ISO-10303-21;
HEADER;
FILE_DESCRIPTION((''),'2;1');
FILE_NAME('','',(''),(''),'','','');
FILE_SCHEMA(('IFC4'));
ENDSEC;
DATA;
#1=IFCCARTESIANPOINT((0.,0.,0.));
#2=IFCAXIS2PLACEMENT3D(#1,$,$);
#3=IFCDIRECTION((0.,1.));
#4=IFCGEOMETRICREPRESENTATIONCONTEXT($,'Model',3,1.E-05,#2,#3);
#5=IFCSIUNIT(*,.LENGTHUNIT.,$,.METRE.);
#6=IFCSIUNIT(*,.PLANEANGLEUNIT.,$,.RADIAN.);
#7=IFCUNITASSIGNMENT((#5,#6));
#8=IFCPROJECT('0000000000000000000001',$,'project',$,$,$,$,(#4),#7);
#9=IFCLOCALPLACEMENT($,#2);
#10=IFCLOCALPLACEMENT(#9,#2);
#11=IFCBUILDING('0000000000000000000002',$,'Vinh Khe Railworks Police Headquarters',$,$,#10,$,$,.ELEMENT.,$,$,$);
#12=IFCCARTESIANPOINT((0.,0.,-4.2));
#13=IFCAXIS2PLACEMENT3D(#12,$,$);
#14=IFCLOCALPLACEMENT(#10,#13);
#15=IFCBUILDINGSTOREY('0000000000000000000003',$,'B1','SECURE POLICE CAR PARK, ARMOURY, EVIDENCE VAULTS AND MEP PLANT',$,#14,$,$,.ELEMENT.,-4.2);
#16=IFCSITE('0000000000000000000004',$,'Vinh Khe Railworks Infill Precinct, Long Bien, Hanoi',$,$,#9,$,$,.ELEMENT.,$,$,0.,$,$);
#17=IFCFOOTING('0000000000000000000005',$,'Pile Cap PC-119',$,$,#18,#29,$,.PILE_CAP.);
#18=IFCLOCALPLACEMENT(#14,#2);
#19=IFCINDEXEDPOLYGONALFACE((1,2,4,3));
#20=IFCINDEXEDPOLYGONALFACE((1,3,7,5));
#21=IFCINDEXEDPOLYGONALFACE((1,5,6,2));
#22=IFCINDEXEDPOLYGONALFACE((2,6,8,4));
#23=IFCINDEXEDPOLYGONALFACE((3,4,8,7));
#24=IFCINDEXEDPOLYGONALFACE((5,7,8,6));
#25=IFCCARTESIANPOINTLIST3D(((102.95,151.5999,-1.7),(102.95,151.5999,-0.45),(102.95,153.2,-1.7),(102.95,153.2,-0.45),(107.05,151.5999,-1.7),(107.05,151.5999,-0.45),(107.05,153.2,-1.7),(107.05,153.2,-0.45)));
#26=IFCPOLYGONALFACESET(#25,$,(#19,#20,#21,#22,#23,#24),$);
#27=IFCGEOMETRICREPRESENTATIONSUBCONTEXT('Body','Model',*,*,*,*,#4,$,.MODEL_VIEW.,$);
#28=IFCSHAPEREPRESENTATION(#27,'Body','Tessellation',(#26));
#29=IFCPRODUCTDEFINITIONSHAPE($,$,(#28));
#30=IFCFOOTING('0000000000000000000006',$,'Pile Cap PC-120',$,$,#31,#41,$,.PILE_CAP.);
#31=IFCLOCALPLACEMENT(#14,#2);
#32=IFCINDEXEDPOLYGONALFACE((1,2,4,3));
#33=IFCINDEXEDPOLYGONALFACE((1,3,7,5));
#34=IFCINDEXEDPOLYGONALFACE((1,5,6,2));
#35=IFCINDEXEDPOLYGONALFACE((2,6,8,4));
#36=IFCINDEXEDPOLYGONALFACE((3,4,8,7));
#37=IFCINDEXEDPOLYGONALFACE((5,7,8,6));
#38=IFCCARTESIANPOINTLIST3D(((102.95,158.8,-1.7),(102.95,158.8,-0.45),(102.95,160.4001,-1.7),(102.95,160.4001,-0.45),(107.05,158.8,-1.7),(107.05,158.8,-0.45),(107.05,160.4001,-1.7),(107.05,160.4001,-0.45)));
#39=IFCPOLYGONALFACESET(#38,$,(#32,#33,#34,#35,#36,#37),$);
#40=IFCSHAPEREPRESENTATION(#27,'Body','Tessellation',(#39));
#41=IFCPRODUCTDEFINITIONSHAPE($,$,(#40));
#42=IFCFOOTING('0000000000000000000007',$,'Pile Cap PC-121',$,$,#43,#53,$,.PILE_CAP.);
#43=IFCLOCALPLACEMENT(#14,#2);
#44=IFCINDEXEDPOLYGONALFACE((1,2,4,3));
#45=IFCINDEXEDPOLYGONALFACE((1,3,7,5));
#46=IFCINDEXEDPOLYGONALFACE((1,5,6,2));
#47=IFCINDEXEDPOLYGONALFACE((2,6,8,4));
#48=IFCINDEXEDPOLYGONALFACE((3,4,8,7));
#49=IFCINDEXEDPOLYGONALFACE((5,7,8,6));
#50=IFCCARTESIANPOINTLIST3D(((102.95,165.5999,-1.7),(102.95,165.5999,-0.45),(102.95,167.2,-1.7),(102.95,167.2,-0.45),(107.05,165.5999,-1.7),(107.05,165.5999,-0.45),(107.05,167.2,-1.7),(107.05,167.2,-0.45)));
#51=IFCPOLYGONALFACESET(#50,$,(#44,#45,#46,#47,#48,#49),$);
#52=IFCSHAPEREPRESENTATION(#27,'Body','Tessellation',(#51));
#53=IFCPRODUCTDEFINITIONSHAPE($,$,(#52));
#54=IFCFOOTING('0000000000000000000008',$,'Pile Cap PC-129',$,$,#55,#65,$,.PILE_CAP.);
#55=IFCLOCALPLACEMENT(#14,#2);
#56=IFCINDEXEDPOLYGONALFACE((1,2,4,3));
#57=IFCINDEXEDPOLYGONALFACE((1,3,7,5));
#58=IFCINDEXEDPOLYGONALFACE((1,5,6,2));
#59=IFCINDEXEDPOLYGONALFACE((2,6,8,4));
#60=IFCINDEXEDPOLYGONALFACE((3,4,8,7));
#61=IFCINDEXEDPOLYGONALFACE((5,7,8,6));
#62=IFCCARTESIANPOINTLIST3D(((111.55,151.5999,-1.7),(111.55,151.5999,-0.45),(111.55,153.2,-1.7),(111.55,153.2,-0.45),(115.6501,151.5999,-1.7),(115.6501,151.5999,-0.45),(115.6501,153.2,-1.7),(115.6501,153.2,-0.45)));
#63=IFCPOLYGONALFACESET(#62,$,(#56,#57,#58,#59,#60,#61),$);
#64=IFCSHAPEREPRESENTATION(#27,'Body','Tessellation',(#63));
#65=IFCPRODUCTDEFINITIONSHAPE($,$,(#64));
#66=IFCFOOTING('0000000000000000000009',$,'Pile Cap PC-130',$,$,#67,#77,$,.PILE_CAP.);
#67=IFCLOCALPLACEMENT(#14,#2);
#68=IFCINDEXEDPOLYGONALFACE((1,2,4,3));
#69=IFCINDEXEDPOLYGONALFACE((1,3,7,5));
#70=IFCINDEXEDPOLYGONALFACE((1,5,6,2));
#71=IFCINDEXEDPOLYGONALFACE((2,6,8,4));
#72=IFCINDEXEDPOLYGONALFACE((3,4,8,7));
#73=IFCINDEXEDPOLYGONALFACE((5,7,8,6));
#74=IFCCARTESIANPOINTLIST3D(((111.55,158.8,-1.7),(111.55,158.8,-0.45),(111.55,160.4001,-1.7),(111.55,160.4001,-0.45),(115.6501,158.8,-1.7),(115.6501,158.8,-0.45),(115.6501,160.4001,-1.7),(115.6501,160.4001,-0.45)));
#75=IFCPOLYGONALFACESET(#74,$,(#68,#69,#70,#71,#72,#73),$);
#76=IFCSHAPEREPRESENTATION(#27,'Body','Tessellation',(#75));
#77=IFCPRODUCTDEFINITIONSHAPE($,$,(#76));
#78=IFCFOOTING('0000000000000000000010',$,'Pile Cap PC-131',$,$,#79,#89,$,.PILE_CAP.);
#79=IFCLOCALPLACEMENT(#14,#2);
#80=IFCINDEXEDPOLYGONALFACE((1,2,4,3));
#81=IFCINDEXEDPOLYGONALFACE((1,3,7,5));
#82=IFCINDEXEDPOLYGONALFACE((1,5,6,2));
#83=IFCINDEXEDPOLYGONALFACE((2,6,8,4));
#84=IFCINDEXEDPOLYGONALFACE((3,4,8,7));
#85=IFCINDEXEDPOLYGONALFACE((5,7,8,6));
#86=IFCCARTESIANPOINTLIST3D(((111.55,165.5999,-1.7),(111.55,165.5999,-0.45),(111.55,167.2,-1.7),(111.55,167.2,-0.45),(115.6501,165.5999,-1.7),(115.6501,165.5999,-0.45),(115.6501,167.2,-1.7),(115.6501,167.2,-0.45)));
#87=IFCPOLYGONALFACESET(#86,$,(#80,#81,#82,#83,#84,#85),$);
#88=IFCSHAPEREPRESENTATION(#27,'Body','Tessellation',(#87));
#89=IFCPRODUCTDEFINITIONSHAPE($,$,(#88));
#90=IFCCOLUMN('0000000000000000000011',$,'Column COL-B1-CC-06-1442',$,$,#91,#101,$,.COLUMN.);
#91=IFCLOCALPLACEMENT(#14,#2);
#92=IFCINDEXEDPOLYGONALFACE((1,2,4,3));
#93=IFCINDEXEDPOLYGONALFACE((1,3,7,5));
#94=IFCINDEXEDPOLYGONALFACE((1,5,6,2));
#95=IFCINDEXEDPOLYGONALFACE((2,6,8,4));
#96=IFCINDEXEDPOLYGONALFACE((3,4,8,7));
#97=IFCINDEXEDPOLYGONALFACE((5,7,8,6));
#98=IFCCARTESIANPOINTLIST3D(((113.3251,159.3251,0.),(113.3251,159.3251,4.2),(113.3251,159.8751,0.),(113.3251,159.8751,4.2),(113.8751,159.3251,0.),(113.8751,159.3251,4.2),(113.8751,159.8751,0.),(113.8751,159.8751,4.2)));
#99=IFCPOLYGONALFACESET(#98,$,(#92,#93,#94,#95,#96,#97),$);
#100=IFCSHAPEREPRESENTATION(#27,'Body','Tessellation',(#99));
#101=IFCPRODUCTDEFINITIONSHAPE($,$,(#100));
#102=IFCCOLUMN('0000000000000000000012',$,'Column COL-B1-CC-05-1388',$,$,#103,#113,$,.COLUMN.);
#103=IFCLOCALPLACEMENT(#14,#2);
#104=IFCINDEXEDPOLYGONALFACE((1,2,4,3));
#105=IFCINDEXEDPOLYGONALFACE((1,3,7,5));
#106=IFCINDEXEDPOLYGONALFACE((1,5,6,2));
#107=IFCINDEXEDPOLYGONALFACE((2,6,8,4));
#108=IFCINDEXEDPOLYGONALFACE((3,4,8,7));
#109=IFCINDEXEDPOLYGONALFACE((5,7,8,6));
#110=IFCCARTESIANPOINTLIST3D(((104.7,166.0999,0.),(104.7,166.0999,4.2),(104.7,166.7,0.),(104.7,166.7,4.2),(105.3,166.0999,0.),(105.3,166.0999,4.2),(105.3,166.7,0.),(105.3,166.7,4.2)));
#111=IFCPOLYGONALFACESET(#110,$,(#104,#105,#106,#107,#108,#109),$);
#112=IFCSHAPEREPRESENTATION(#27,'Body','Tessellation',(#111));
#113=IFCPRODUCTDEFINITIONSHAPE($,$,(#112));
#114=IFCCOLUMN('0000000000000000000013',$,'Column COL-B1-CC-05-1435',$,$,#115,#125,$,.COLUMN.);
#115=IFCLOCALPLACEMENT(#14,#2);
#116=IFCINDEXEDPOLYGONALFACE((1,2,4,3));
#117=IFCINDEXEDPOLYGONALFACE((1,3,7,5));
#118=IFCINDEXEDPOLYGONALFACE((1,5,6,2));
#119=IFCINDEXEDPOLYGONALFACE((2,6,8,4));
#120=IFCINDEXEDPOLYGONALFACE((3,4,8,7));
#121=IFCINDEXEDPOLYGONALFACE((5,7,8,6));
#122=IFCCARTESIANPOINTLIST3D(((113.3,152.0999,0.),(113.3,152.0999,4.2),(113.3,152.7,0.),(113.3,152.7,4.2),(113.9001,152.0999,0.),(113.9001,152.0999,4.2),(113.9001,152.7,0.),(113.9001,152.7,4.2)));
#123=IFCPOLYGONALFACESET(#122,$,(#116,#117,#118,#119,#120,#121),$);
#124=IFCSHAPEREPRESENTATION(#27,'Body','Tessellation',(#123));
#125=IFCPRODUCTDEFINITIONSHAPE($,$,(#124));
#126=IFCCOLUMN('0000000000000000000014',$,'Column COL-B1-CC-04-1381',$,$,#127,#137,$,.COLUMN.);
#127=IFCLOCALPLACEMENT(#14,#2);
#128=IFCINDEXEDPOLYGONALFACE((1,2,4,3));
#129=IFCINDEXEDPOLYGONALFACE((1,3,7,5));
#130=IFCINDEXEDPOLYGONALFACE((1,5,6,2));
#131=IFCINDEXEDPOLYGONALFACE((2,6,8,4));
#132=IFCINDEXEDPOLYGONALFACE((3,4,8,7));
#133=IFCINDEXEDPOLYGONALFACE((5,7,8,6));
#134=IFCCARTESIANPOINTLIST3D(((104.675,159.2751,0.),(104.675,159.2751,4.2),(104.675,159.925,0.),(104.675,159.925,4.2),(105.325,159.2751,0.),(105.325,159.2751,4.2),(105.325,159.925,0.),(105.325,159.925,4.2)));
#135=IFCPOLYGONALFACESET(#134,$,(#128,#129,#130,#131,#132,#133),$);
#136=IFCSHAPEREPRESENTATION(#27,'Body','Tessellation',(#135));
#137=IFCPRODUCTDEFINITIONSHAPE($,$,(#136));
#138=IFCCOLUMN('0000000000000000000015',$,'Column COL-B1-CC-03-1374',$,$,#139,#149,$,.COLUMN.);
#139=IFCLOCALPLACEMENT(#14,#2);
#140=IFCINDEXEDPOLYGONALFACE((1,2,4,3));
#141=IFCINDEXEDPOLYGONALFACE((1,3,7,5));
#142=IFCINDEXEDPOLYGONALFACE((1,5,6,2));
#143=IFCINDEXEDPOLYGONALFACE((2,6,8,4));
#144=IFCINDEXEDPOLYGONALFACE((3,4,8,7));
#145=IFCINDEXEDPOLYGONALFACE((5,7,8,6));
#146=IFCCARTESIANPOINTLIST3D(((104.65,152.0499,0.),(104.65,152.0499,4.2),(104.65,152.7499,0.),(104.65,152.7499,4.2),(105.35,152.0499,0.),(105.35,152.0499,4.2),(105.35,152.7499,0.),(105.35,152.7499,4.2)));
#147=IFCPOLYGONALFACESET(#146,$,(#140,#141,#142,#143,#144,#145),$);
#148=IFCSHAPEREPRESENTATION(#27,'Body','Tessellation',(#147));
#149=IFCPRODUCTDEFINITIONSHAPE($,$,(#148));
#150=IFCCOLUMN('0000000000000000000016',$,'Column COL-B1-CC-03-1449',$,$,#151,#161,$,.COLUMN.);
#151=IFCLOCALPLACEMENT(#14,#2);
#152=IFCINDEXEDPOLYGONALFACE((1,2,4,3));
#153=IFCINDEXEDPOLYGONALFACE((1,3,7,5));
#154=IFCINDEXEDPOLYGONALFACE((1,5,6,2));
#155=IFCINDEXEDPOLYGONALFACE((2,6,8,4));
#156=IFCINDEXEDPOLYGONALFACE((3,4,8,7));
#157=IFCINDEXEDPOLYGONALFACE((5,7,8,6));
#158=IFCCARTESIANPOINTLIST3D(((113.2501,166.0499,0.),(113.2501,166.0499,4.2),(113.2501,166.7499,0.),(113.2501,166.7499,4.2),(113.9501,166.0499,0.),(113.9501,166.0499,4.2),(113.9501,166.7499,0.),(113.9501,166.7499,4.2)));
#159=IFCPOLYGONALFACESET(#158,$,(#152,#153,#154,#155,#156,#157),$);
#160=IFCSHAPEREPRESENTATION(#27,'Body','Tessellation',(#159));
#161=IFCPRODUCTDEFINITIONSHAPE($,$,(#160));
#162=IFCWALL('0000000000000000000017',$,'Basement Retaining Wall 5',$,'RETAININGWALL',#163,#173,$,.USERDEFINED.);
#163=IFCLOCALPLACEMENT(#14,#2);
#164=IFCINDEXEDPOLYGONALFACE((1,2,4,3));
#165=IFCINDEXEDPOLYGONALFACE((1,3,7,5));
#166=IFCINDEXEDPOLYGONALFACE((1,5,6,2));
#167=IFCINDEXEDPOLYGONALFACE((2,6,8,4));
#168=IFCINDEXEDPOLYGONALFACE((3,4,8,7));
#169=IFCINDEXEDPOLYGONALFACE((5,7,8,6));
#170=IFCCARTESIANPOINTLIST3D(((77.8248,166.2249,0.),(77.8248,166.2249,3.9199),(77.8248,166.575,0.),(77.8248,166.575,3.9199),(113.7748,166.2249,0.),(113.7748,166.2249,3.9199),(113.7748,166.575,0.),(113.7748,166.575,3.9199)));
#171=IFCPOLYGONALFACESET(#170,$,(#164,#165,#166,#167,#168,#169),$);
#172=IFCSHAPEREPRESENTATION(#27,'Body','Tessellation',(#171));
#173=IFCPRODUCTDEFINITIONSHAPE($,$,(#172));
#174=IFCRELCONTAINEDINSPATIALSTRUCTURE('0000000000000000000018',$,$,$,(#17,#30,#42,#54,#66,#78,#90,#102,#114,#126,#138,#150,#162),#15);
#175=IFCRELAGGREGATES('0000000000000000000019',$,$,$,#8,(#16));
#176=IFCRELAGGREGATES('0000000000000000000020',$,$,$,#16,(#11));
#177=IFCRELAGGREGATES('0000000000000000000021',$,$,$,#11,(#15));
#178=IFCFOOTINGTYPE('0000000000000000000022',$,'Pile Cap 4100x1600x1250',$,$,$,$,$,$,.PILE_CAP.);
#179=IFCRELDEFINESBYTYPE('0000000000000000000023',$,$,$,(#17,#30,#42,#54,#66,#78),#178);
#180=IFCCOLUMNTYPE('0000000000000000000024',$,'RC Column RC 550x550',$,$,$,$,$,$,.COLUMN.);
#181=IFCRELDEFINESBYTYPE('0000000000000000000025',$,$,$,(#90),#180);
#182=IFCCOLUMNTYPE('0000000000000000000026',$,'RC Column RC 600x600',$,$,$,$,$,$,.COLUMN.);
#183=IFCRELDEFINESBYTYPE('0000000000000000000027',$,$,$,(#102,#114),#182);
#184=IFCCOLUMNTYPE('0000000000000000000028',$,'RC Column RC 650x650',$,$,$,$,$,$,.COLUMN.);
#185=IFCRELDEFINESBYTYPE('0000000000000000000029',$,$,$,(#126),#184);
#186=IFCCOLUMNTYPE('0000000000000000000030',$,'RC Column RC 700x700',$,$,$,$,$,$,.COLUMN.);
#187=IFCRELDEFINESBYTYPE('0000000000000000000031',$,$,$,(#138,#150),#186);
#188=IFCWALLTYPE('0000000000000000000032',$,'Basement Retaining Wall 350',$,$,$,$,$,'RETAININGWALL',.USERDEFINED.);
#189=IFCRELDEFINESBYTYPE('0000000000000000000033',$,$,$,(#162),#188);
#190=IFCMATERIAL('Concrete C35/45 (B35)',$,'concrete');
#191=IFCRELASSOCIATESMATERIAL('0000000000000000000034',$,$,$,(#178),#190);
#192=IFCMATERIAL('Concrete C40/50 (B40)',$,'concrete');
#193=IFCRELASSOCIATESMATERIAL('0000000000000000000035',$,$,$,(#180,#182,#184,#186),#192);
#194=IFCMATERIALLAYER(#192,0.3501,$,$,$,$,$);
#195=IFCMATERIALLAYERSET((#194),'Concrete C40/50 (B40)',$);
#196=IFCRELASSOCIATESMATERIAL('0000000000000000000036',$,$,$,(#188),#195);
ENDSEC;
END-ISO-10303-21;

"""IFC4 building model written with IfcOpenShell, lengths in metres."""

from ifc_helpers import new_model, si_unit, direction, frame, frame_2d, origin, origin_2d, place, context, subcontext, project, spatial, rectangle, extrude, material, layer, layer_set, material_profile, profile_set, type_object, element, save


model = new_model("IFC4")

# Units and contexts
model_context = context("Model", 3, precision=1e-05, world=origin(), true_north=direction((0.0, 1.0)))
body_context = subcontext(model_context, "Body", "Model", "MODEL_VIEW")
ifc_project = project(units=[si_unit("LENGTHUNIT", "METRE"), si_unit("PLANEANGLEUNIT", "RADIAN")], contexts=[model_context])

# Site, building, storey
site_placement = place(None, origin())
site = spatial("IfcSite", under=ifc_project, at=site_placement, Name="Vinh Khe Railworks Infill Precinct, Long Bien, Hanoi", CompositionType="ELEMENT", RefElevation=0.0)
building_placement = place(site_placement, origin())
building = spatial("IfcBuilding", under=site, at=building_placement, Name="Vinh Khe Railworks Police Headquarters", CompositionType="ELEMENT")
storey_placement = place(building_placement, frame((0.0, 0.0, -4.2)))
storey = spatial("IfcBuildingStorey", under=building, at=storey_placement, Name="B1", Description="SECURE POLICE CAR PARK, ARMOURY, EVIDENCE VAULTS AND MEP PLANT", CompositionType="ELEMENT", Elevation=-4.2)

# Shared definitions
ifc_material_1 = material(Name="Concrete C35/45 (B35)", Category="concrete")

# Footings
footing_type_1 = type_object("IfcFootingType", Name="Pile Cap 4100x1600x1250", PredefinedType="PILE_CAP", material=ifc_material_1)
for number, where, z_axis, x_axis, name in (
    (1, (105.0, 152.3999, -1.7), (0.0, 0.0, 1.0), (1.0, 0.0, 0.0), "Pile Cap PC-119"),
    (2, (105.0, 159.6001, -1.7), (0.0, 0.0, 1.0), (1.0, 0.0, 0.0), "Pile Cap PC-120"),
    (3, (105.0, 166.3999, -1.7), (0.0, 0.0, 1.0), (1.0, 0.0, 0.0), "Pile Cap PC-121"),
    (4, (113.6001, 152.3999, -1.7), (0.0, 0.0, 1.0), (1.0, 0.0, 0.0), "Pile Cap PC-129"),
    (5, (113.6001, 159.6001, -1.7), (0.0, 0.0, 1.0), (1.0, 0.0, 0.0), "Pile Cap PC-130"),
    (6, (113.6001, 166.3999, -1.7), (0.0, 0.0, 1.0), (1.0, 0.0, 0.0), "Pile Cap PC-131"),
):
    element("IfcFooting", number, at=place(storey_placement, frame(where, z_axis=z_axis, x_axis=x_axis)), inside=storey, type_object=footing_type_1, Name=name, PredefinedType="PILE_CAP", context=body_context, shape_type="SweptSolid", body=[
        extrude(rectangle(XDim=4.1001, YDim=1.6001, at=origin_2d()), origin(), (0.0, 0.0, 1.0), 1.25),
    ])

# Columns
ifc_material_2 = material(Name="Concrete C40/50 (B40)", Category="concrete")
ifc_material_profile_1 = material_profile(ifc_material_2, rectangle(XDim=0.55, YDim=0.55, at=origin_2d()), Name="RC 550x550")
ifc_profile_set_1 = profile_set([ifc_material_profile_1], Name="Concrete C40/50 (B40)")
column_type_1 = type_object("IfcColumnType", Name="RC Column RC 550x550", PredefinedType="COLUMN", material=ifc_profile_set_1)
column_1_placement = place(storey_placement, frame((113.6001, 159.6001, 0.0), z_axis=(0.0, 0.0, 1.0), x_axis=(1.0, 0.0, 0.0)))
element("IfcColumn", 7, at=column_1_placement, inside=storey, type_object=column_type_1, Name="Column COL-B1-CC-06-1442", PredefinedType="COLUMN", context=body_context, shape_type="SweptSolid", body=[
    extrude(rectangle(XDim=0.55, YDim=0.55, at=origin_2d()), origin(), (0.0, 0.0, 1.0), 4.2),
])
ifc_material_profile_2 = material_profile(ifc_material_2, rectangle(XDim=0.6001, YDim=0.6001, at=origin_2d()), Name="RC 600x600")
ifc_profile_set_2 = profile_set([ifc_material_profile_2], Name="Concrete C40/50 (B40)")
column_type_2 = type_object("IfcColumnType", Name="RC Column RC 600x600", PredefinedType="COLUMN", material=ifc_profile_set_2)
for number, where, z_axis, x_axis, name in (
    (8, (105.0, 166.3999, 0.0), (0.0, 0.0, 1.0), (1.0, 0.0, 0.0), "Column COL-B1-CC-05-1388"),
    (9, (113.6001, 152.3999, 0.0), (0.0, 0.0, 1.0), (1.0, 0.0, 0.0), "Column COL-B1-CC-05-1435"),
):
    element("IfcColumn", number, at=place(storey_placement, frame(where, z_axis=z_axis, x_axis=x_axis)), inside=storey, type_object=column_type_2, Name=name, PredefinedType="COLUMN", context=body_context, shape_type="SweptSolid", body=[
        extrude(rectangle(XDim=0.6001, YDim=0.6001, at=origin_2d()), origin(), (0.0, 0.0, 1.0), 4.2),
    ])
ifc_material_profile_3 = material_profile(ifc_material_2, rectangle(XDim=0.6499, YDim=0.6499, at=origin_2d()), Name="RC 650x650")
ifc_profile_set_3 = profile_set([ifc_material_profile_3], Name="Concrete C40/50 (B40)")
column_type_3 = type_object("IfcColumnType", Name="RC Column RC 650x650", PredefinedType="COLUMN", material=ifc_profile_set_3)
column_2_placement = place(storey_placement, frame((105.0, 159.6001, 0.0), z_axis=(0.0, 0.0, 1.0), x_axis=(1.0, 0.0, 0.0)))
element("IfcColumn", 10, at=column_2_placement, inside=storey, type_object=column_type_3, Name="Column COL-B1-CC-04-1381", PredefinedType="COLUMN", context=body_context, shape_type="SweptSolid", body=[
    extrude(rectangle(XDim=0.6499, YDim=0.6499, at=origin_2d()), origin(), (0.0, 0.0, 1.0), 4.2),
])
ifc_material_profile_4 = material_profile(ifc_material_2, rectangle(XDim=0.7, YDim=0.7, at=origin_2d()), Name="RC 700x700")
ifc_profile_set_4 = profile_set([ifc_material_profile_4], Name="Concrete C40/50 (B40)")
column_type_4 = type_object("IfcColumnType", Name="RC Column RC 700x700", PredefinedType="COLUMN", material=ifc_profile_set_4)
for number, where, z_axis, x_axis, name in (
    (11, (105.0, 152.3999, 0.0), (0.0, 0.0, 1.0), (1.0, 0.0, 0.0), "Column COL-B1-CC-03-1374"),
    (12, (113.6001, 166.3999, 0.0), (0.0, 0.0, 1.0), (1.0, 0.0, 0.0), "Column COL-B1-CC-03-1449"),
):
    element("IfcColumn", number, at=place(storey_placement, frame(where, z_axis=z_axis, x_axis=x_axis)), inside=storey, type_object=column_type_4, Name=name, PredefinedType="COLUMN", context=body_context, shape_type="SweptSolid", body=[
        extrude(rectangle(XDim=0.7, YDim=0.7, at=origin_2d()), origin(), (0.0, 0.0, 1.0), 4.2),
    ])

# Wall
ifc_layer = layer(ifc_material_2, 0.3501)
ifc_layer_set = layer_set([ifc_layer], Name="Concrete C40/50 (B40)")
wall_type = type_object("IfcWallType", Name="Basement Retaining Wall 350", ElementType="RETAININGWALL", PredefinedType="USERDEFINED", material=ifc_layer_set)
wall_placement = place(storey_placement, frame((113.7749, 166.3999, 0.0), z_axis=(0.0, 0.0, 1.0), x_axis=(-1.0, 0.0, 0.0)))
element("IfcWall", 13, at=wall_placement, inside=storey, type_object=wall_type, Name="Basement Retaining Wall 5", ObjectType="RETAININGWALL", PredefinedType="USERDEFINED", context=body_context, shape_type="SweptSolid", body=[
    extrude(rectangle(XDim=35.95, YDim=0.3501, at=frame_2d((17.9751, 0.0))), origin(), (0.0, 0.0, 1.0), 3.9199),
])

save(model, "model.ifc")
